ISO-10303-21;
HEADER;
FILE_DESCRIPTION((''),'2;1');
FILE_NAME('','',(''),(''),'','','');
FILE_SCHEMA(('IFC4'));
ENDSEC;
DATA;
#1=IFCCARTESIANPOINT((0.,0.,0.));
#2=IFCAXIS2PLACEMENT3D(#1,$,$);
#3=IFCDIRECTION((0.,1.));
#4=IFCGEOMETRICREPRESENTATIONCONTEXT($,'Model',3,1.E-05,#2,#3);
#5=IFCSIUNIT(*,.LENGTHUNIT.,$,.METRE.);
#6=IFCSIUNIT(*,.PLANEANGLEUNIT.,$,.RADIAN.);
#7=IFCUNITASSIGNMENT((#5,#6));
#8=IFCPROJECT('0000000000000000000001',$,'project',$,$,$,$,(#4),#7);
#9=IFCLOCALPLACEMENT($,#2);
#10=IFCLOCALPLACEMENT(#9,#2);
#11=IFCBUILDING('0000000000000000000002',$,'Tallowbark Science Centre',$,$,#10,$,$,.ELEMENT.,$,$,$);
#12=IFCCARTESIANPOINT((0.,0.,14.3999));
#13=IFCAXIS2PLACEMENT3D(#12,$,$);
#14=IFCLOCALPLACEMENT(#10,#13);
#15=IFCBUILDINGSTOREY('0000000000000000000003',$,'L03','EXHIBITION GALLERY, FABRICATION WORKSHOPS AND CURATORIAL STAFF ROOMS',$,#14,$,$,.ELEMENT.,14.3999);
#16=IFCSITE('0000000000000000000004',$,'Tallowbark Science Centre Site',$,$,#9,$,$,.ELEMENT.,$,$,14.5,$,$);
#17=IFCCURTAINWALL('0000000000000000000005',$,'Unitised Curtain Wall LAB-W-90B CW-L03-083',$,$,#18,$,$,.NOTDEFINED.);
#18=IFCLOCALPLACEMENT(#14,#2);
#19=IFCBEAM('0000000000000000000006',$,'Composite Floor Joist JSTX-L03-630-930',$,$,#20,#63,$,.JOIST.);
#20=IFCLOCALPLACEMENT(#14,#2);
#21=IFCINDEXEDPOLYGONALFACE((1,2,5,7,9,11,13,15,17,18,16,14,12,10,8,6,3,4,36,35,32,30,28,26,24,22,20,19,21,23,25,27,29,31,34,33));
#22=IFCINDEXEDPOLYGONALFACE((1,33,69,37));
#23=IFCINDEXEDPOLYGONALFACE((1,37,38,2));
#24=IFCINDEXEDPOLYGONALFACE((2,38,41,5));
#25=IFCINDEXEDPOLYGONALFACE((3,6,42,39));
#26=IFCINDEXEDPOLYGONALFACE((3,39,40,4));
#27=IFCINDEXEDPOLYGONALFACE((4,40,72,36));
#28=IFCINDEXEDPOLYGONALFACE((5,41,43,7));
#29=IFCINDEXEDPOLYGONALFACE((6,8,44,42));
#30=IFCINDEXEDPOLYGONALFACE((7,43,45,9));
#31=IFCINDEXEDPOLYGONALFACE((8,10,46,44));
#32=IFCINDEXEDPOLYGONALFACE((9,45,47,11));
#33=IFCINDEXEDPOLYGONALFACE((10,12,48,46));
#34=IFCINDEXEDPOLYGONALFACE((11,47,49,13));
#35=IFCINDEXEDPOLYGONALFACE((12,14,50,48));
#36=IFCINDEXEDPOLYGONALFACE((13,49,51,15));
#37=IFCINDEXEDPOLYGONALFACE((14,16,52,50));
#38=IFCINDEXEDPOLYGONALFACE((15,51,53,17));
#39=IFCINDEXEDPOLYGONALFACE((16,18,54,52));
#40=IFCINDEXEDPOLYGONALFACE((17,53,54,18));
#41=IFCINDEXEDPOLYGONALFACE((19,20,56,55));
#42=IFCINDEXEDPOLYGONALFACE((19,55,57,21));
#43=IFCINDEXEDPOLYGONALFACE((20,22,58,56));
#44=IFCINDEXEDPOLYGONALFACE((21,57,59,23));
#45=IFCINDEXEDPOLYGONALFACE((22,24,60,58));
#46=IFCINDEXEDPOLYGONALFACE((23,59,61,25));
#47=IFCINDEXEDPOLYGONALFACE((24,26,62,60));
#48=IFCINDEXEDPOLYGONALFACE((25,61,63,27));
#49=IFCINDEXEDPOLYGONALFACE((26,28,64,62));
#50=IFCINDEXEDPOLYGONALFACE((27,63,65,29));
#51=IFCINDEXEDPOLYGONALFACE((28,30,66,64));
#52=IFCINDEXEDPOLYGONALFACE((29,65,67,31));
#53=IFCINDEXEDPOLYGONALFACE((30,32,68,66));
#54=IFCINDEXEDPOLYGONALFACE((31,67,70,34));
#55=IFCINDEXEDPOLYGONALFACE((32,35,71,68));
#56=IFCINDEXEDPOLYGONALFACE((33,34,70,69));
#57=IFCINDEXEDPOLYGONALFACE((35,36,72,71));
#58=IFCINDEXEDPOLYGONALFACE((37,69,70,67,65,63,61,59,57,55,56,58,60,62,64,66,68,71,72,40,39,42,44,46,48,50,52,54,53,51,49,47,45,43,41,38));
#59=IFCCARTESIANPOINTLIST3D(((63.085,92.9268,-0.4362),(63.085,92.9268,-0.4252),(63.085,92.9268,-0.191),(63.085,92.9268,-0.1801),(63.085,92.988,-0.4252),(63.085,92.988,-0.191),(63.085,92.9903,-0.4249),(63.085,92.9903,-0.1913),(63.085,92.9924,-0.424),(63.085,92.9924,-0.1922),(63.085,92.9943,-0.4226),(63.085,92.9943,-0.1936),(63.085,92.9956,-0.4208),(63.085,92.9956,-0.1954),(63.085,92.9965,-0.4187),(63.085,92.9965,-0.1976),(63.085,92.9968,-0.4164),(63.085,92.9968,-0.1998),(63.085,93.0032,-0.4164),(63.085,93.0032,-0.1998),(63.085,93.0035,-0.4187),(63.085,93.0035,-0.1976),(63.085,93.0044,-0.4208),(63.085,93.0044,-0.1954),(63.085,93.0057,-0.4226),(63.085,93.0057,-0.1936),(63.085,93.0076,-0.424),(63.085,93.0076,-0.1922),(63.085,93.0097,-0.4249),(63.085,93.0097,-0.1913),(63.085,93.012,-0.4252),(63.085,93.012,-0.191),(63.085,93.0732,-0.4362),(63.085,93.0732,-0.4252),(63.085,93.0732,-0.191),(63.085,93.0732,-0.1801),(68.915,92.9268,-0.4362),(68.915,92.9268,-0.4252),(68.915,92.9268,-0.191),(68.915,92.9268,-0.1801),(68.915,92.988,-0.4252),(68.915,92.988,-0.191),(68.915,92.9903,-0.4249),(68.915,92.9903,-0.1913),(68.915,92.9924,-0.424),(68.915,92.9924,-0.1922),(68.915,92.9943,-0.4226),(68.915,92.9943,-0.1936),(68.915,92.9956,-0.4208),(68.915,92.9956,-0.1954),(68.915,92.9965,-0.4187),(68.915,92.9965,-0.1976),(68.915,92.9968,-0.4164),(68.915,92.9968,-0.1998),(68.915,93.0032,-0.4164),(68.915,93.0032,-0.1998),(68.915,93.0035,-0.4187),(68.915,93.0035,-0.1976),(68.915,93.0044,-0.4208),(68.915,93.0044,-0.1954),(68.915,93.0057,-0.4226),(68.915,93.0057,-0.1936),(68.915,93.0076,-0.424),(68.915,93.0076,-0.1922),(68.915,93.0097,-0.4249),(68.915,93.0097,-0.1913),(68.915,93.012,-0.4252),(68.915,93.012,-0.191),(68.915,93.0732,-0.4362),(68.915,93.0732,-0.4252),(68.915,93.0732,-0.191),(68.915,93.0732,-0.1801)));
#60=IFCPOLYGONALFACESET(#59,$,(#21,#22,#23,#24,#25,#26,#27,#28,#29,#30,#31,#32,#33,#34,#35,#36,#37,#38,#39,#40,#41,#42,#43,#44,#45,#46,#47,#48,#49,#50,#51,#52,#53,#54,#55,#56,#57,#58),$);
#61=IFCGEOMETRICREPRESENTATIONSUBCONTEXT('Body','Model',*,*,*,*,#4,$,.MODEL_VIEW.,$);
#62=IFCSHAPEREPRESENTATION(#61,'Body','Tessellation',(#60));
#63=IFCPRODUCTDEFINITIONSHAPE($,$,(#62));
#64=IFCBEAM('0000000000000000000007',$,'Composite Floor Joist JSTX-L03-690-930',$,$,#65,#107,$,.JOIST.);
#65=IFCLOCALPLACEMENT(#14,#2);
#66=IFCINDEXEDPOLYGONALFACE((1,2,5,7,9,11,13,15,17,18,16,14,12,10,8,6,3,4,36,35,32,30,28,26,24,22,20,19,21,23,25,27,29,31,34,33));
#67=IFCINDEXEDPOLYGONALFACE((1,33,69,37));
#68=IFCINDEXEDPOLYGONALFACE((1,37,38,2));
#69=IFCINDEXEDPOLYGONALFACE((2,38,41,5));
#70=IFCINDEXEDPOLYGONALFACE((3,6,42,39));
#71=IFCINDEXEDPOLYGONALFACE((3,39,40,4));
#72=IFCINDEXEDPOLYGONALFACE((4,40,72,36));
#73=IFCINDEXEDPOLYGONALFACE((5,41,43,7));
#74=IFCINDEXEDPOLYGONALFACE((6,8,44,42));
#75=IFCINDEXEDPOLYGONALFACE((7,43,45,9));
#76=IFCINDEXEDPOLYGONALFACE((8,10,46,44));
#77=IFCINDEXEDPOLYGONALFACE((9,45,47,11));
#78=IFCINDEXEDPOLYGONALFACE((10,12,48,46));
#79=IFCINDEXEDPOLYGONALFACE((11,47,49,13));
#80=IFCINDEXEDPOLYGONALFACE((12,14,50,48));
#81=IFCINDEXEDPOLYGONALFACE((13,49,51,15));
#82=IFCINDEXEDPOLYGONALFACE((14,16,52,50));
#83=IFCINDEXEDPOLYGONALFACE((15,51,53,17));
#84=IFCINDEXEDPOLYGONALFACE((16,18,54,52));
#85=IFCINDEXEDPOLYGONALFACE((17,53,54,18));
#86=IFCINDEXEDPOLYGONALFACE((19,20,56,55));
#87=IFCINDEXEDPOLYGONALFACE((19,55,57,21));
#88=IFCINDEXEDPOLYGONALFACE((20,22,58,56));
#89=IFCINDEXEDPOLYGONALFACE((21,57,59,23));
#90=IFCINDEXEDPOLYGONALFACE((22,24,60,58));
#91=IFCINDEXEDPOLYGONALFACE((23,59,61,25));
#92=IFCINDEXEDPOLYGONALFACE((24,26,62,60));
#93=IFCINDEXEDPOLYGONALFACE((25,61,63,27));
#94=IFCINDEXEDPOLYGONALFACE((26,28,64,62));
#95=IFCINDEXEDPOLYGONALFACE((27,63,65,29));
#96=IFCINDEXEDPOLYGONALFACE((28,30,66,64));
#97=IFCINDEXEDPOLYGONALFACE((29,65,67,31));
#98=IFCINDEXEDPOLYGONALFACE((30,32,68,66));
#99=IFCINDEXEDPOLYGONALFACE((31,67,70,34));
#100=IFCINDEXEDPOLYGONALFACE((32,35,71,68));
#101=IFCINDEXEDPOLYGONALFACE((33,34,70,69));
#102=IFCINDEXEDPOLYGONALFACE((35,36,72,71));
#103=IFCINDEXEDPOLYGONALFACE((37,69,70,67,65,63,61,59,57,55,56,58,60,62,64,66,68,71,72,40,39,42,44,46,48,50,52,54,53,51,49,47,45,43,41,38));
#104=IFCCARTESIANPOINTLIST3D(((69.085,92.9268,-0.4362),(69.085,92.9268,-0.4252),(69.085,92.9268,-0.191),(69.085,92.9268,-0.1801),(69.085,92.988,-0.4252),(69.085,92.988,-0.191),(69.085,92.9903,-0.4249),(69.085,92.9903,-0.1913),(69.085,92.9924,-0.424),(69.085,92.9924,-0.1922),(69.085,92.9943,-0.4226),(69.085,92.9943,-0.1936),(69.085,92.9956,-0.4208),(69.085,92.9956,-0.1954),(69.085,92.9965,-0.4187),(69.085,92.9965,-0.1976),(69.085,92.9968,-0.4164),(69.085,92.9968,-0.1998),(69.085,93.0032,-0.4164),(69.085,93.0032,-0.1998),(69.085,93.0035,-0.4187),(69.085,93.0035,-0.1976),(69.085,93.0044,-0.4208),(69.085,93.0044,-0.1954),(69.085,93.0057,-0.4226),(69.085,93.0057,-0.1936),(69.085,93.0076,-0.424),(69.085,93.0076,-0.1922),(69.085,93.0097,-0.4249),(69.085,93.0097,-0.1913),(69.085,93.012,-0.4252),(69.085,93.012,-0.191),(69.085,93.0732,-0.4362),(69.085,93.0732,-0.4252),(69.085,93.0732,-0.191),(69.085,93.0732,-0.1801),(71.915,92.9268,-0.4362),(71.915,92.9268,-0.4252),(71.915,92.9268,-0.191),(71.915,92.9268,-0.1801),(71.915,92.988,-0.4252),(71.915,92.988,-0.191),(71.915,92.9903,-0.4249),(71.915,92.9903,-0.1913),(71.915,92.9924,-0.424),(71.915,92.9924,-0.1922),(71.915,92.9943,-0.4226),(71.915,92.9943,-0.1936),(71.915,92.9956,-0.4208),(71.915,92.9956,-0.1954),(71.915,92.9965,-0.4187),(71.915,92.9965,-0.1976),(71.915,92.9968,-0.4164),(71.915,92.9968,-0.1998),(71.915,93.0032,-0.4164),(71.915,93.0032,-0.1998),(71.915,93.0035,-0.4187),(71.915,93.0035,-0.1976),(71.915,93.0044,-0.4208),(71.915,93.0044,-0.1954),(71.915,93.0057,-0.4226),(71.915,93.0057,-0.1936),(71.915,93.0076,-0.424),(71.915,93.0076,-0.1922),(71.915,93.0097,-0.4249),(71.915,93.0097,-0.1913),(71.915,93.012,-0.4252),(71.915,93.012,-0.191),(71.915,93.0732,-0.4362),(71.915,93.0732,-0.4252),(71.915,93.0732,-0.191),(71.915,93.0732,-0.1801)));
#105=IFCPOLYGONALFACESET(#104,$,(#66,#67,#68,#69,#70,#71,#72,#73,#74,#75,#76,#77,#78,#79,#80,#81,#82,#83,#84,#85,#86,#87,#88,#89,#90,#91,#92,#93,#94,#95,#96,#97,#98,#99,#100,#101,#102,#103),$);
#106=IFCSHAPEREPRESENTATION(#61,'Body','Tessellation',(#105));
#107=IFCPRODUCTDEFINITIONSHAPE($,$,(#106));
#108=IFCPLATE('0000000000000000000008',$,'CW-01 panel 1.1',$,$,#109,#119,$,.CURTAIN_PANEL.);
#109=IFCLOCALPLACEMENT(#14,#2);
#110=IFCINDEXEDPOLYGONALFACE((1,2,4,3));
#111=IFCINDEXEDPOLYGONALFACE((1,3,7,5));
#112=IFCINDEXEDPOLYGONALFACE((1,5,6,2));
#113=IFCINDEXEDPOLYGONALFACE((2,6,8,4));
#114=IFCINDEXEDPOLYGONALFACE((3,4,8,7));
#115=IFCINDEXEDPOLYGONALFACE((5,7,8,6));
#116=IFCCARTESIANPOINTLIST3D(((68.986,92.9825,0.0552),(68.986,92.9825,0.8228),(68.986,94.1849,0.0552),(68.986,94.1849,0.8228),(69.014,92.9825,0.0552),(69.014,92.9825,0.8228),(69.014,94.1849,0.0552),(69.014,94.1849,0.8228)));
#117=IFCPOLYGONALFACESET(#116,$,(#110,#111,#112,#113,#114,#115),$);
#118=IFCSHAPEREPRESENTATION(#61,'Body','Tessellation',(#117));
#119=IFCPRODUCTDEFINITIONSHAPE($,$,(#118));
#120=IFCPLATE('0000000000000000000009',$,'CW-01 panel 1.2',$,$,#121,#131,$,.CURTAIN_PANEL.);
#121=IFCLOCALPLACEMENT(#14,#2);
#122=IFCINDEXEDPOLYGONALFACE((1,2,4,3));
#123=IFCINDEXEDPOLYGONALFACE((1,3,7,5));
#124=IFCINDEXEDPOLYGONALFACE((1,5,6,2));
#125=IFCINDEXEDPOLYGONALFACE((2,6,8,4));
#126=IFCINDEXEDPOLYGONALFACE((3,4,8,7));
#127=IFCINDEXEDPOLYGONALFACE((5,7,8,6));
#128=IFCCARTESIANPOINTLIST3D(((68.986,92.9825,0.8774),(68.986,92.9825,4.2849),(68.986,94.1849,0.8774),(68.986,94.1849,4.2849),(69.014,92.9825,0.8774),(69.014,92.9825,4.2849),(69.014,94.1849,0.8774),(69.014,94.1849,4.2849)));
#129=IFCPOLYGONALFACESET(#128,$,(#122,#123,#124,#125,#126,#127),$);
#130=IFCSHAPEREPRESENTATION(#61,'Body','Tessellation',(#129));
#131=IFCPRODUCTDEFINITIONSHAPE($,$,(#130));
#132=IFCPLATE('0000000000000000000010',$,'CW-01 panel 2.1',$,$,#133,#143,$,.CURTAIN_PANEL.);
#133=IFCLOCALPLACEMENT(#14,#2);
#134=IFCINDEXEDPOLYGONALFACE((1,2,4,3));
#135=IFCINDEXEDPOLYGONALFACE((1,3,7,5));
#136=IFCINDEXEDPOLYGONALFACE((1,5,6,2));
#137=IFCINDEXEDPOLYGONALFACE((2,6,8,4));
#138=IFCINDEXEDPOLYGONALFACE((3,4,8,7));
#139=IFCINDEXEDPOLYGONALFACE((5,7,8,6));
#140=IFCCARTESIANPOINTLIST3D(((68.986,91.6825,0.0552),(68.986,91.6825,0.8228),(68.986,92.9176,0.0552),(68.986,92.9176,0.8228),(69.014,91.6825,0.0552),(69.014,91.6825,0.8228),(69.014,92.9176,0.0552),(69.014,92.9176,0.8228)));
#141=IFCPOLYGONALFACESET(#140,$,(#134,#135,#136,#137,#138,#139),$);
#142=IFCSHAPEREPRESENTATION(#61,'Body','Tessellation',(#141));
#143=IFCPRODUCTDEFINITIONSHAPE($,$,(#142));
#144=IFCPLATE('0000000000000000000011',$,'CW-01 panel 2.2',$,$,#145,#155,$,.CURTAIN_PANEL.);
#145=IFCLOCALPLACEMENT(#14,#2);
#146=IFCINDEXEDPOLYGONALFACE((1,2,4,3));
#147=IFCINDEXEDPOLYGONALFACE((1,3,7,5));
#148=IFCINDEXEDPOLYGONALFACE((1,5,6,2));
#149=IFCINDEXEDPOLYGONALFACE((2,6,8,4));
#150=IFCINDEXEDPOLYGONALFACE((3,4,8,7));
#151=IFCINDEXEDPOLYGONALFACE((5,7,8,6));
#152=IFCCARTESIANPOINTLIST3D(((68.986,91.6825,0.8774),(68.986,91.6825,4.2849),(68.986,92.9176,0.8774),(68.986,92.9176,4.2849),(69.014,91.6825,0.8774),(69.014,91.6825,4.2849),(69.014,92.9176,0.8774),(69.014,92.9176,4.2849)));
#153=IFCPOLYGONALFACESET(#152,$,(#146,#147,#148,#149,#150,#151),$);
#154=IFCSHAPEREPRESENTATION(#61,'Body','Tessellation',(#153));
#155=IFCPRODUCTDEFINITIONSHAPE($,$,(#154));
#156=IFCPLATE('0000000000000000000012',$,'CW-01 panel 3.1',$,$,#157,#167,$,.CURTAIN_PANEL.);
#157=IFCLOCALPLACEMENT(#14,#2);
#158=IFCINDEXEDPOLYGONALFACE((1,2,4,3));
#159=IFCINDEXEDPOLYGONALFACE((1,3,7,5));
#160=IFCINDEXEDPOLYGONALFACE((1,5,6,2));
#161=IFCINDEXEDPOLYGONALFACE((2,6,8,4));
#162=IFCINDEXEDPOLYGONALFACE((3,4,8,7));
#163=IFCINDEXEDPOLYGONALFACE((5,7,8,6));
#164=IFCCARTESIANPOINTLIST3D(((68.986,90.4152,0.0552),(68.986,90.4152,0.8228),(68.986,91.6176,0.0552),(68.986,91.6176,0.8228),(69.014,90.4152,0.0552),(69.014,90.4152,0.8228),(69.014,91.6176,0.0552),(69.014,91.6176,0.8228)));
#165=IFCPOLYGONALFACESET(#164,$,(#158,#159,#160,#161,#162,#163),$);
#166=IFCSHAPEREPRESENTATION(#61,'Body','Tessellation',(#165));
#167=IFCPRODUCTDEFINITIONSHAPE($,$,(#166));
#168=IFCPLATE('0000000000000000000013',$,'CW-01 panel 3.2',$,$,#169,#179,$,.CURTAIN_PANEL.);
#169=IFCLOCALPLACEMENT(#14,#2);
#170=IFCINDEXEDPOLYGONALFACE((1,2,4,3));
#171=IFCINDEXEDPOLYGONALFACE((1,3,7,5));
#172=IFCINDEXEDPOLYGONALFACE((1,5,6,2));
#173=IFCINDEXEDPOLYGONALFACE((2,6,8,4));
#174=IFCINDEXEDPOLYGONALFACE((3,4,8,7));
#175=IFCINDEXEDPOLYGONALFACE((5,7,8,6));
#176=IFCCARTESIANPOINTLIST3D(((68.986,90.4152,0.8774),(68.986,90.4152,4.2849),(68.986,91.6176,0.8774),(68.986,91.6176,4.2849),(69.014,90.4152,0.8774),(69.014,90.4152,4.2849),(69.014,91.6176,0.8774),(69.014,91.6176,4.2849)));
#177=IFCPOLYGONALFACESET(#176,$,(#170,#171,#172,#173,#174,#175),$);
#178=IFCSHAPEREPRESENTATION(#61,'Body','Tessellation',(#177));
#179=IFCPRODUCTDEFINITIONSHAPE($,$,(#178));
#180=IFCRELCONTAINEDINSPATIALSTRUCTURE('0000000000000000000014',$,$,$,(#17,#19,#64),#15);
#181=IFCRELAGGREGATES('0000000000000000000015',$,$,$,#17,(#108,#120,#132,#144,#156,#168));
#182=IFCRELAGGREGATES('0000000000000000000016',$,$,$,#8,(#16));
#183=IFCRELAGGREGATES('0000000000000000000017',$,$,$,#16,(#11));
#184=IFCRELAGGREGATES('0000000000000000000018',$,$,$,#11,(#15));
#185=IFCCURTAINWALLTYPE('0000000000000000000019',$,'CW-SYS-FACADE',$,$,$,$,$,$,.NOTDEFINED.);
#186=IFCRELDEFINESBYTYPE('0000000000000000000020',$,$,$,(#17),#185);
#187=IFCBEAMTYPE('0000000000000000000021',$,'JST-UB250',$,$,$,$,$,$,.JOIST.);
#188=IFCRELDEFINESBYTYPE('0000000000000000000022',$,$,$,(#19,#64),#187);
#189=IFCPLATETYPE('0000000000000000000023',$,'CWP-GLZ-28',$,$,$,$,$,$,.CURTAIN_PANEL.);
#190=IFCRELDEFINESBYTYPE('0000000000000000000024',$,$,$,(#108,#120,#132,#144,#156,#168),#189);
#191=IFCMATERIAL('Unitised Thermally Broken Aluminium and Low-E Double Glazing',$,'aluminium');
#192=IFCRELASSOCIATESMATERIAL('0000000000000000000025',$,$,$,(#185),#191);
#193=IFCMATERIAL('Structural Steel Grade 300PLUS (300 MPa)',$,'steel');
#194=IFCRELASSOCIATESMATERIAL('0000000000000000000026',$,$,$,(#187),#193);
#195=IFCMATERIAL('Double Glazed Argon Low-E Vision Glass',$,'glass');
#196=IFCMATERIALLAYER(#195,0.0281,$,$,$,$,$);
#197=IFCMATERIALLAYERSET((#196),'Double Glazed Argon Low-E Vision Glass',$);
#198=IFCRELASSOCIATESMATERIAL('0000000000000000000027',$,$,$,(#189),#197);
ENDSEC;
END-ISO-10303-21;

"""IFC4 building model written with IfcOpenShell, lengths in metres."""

from ifc_helpers import new_model, si_unit, direction, frame, origin, origin_2d, place, context, subcontext, project, spatial, rectangle, i_section, extrude, material, layer, layer_set, material_profile, profile_set, type_object, element, aggregate, save


model = new_model("IFC4")

# Units and contexts
model_context = context("Model", 3, precision=1e-05, world=origin(), true_north=direction((0.0, 1.0)))
body_context = subcontext(model_context, "Body", "Model", "MODEL_VIEW")
ifc_project = project(units=[si_unit("LENGTHUNIT", "METRE"), si_unit("PLANEANGLEUNIT", "RADIAN")], contexts=[model_context])

# Site, building, storey
site_placement = place(None, origin())
site = spatial("IfcSite", under=ifc_project, at=site_placement, Name="Tallowbark Science Centre Site", CompositionType="ELEMENT", RefElevation=14.5)
building_placement = place(site_placement, origin())
building = spatial("IfcBuilding", under=site, at=building_placement, Name="Tallowbark Science Centre", CompositionType="ELEMENT")
storey_placement = place(building_placement, frame((0.0, 0.0, 14.3999)))
storey = spatial("IfcBuildingStorey", under=building, at=storey_placement, Name="L03", Description="EXHIBITION GALLERY, FABRICATION WORKSHOPS AND CURATORIAL STAFF ROOMS", CompositionType="ELEMENT", Elevation=14.3999)

# Shared definitions
ifc_material_1 = material(Name="Structural Steel Grade 300PLUS (300 MPa)", Category="steel")

# Curtain wall
ifc_material_2 = material(Name="Unitised Thermally Broken Aluminium and Low-E Double Glazing", Category="aluminium")
curtain_wall_type = type_object("IfcCurtainWallType", Name="CW-SYS-FACADE", PredefinedType="NOTDEFINED", material=ifc_material_2)
curtain_wall_placement = place(storey_placement, origin())
curtain_wall = element("IfcCurtainWall", 1, at=curtain_wall_placement, inside=storey, type_object=curtain_wall_type, Name="Unitised Curtain Wall LAB-W-90B CW-L03-083", PredefinedType="NOTDEFINED")

# Beams
ifc_material_profile_1 = material_profile(ifc_material_1, i_section(OverallWidth=0.1465, OverallDepth=0.2561, WebThickness=0.0063, FlangeThickness=0.011, FilletRadius=0.0088, at=origin_2d()), Name="250UB37.3")
ifc_profile_set_1 = profile_set([ifc_material_profile_1], Name="Structural Steel Grade 300PLUS (300 MPa)")
beam_type_1 = type_object("IfcBeamType", Name="JST-UB250", PredefinedType="JOIST", material=ifc_profile_set_1)
beam_1_placement = place(storey_placement, frame((63.085, 93.0, -0.3081), z_axis=(1.0, 0.0, 0.0), x_axis=(0.0, 1.0, 0.0)))
element("IfcBeam", 2, at=beam_1_placement, inside=storey, type_object=beam_type_1, Name="Composite Floor Joist JSTX-L03-630-930", PredefinedType="JOIST", context=body_context, shape_type="SweptSolid", body=[
    extrude(i_section(OverallWidth=0.1465, OverallDepth=0.2561, WebThickness=0.0063, FlangeThickness=0.011, FilletRadius=0.0088, at=origin_2d()), origin(), (0.0, 0.0, 1.0), 5.8301),
])
beam_2_placement = place(storey_placement, frame((69.085, 93.0, -0.3081), z_axis=(1.0, 0.0, 0.0), x_axis=(0.0, 1.0, 0.0)))
element("IfcBeam", 3, at=beam_2_placement, inside=storey, type_object=beam_type_1, Name="Composite Floor Joist JSTX-L03-690-930", PredefinedType="JOIST", context=body_context, shape_type="SweptSolid", body=[
    extrude(i_section(OverallWidth=0.1465, OverallDepth=0.2561, WebThickness=0.0063, FlangeThickness=0.011, FilletRadius=0.0088, at=origin_2d()), origin(), (0.0, 0.0, 1.0), 2.8301),
])

# Plates
ifc_material_3 = material(Name="Double Glazed Argon Low-E Vision Glass", Category="glass")
ifc_layer_1 = layer(ifc_material_3, 0.0281)
ifc_layer_set_1 = layer_set([ifc_layer_1], Name="Double Glazed Argon Low-E Vision Glass")
plate_type = type_object("IfcPlateType", Name="CWP-GLZ-28", PredefinedType="CURTAIN_PANEL", material=ifc_layer_set_1)
plate_1_placement = place(storey_placement, frame((69.0, 93.5837, 0.0552), z_axis=(0.0, 0.0, 1.0), x_axis=(0.0, -1.0, 0.0)))
plate_1 = element("IfcPlate", 4, at=plate_1_placement, type_object=plate_type, Name="CW-01 panel 1.1", PredefinedType="CURTAIN_PANEL", context=body_context, shape_type="SweptSolid", body=[
    extrude(rectangle(XDim=1.2024, YDim=0.0281, at=origin_2d()), origin(), (0.0, 0.0, 1.0), 0.7676),
])
plate_2_placement = place(storey_placement, frame((69.0, 93.5837, 0.8774), z_axis=(0.0, 0.0, 1.0), x_axis=(0.0, -1.0, 0.0)))
plate_2 = element("IfcPlate", 5, at=plate_2_placement, type_object=plate_type, Name="CW-01 panel 1.2", PredefinedType="CURTAIN_PANEL", context=body_context, shape_type="SweptSolid", body=[
    extrude(rectangle(XDim=1.2024, YDim=0.0281, at=origin_2d()), origin(), (0.0, 0.0, 1.0), 3.4075),
])
plate_3_placement = place(storey_placement, frame((69.0, 92.3, 0.0552), z_axis=(0.0, 0.0, 1.0), x_axis=(0.0, -1.0, 0.0)))
plate_3 = element("IfcPlate", 6, at=plate_3_placement, type_object=plate_type, Name="CW-01 panel 2.1", PredefinedType="CURTAIN_PANEL", context=body_context, shape_type="SweptSolid", body=[
    extrude(rectangle(XDim=1.2351, YDim=0.0281, at=origin_2d()), origin(), (0.0, 0.0, 1.0), 0.7676),
])
plate_4_placement = place(storey_placement, frame((69.0, 92.3, 0.8774), z_axis=(0.0, 0.0, 1.0), x_axis=(0.0, -1.0, 0.0)))
plate_4 = element("IfcPlate", 7, at=plate_4_placement, type_object=plate_type, Name="CW-01 panel 2.2", PredefinedType="CURTAIN_PANEL", context=body_context, shape_type="SweptSolid", body=[
    extrude(rectangle(XDim=1.2351, YDim=0.0281, at=origin_2d()), origin(), (0.0, 0.0, 1.0), 3.4075),
])
plate_5_placement = place(storey_placement, frame((69.0, 91.0164, 0.0552), z_axis=(0.0, 0.0, 1.0), x_axis=(0.0, -1.0, 0.0)))
plate_5 = element("IfcPlate", 8, at=plate_5_placement, type_object=plate_type, Name="CW-01 panel 3.1", PredefinedType="CURTAIN_PANEL", context=body_context, shape_type="SweptSolid", body=[
    extrude(rectangle(XDim=1.2024, YDim=0.0281, at=origin_2d()), origin(), (0.0, 0.0, 1.0), 0.7676),
])
plate_6_placement = place(storey_placement, frame((69.0, 91.0164, 0.8774), z_axis=(0.0, 0.0, 1.0), x_axis=(0.0, -1.0, 0.0)))
plate_6 = element("IfcPlate", 9, at=plate_6_placement, type_object=plate_type, Name="CW-01 panel 3.2", PredefinedType="CURTAIN_PANEL", context=body_context, shape_type="SweptSolid", body=[
    extrude(rectangle(XDim=1.2024, YDim=0.0281, at=origin_2d()), origin(), (0.0, 0.0, 1.0), 3.4075),
])
aggregate(curtain_wall, [plate_1, plate_2, plate_3, plate_4, plate_5, plate_6])

save(model, "model.ifc")
